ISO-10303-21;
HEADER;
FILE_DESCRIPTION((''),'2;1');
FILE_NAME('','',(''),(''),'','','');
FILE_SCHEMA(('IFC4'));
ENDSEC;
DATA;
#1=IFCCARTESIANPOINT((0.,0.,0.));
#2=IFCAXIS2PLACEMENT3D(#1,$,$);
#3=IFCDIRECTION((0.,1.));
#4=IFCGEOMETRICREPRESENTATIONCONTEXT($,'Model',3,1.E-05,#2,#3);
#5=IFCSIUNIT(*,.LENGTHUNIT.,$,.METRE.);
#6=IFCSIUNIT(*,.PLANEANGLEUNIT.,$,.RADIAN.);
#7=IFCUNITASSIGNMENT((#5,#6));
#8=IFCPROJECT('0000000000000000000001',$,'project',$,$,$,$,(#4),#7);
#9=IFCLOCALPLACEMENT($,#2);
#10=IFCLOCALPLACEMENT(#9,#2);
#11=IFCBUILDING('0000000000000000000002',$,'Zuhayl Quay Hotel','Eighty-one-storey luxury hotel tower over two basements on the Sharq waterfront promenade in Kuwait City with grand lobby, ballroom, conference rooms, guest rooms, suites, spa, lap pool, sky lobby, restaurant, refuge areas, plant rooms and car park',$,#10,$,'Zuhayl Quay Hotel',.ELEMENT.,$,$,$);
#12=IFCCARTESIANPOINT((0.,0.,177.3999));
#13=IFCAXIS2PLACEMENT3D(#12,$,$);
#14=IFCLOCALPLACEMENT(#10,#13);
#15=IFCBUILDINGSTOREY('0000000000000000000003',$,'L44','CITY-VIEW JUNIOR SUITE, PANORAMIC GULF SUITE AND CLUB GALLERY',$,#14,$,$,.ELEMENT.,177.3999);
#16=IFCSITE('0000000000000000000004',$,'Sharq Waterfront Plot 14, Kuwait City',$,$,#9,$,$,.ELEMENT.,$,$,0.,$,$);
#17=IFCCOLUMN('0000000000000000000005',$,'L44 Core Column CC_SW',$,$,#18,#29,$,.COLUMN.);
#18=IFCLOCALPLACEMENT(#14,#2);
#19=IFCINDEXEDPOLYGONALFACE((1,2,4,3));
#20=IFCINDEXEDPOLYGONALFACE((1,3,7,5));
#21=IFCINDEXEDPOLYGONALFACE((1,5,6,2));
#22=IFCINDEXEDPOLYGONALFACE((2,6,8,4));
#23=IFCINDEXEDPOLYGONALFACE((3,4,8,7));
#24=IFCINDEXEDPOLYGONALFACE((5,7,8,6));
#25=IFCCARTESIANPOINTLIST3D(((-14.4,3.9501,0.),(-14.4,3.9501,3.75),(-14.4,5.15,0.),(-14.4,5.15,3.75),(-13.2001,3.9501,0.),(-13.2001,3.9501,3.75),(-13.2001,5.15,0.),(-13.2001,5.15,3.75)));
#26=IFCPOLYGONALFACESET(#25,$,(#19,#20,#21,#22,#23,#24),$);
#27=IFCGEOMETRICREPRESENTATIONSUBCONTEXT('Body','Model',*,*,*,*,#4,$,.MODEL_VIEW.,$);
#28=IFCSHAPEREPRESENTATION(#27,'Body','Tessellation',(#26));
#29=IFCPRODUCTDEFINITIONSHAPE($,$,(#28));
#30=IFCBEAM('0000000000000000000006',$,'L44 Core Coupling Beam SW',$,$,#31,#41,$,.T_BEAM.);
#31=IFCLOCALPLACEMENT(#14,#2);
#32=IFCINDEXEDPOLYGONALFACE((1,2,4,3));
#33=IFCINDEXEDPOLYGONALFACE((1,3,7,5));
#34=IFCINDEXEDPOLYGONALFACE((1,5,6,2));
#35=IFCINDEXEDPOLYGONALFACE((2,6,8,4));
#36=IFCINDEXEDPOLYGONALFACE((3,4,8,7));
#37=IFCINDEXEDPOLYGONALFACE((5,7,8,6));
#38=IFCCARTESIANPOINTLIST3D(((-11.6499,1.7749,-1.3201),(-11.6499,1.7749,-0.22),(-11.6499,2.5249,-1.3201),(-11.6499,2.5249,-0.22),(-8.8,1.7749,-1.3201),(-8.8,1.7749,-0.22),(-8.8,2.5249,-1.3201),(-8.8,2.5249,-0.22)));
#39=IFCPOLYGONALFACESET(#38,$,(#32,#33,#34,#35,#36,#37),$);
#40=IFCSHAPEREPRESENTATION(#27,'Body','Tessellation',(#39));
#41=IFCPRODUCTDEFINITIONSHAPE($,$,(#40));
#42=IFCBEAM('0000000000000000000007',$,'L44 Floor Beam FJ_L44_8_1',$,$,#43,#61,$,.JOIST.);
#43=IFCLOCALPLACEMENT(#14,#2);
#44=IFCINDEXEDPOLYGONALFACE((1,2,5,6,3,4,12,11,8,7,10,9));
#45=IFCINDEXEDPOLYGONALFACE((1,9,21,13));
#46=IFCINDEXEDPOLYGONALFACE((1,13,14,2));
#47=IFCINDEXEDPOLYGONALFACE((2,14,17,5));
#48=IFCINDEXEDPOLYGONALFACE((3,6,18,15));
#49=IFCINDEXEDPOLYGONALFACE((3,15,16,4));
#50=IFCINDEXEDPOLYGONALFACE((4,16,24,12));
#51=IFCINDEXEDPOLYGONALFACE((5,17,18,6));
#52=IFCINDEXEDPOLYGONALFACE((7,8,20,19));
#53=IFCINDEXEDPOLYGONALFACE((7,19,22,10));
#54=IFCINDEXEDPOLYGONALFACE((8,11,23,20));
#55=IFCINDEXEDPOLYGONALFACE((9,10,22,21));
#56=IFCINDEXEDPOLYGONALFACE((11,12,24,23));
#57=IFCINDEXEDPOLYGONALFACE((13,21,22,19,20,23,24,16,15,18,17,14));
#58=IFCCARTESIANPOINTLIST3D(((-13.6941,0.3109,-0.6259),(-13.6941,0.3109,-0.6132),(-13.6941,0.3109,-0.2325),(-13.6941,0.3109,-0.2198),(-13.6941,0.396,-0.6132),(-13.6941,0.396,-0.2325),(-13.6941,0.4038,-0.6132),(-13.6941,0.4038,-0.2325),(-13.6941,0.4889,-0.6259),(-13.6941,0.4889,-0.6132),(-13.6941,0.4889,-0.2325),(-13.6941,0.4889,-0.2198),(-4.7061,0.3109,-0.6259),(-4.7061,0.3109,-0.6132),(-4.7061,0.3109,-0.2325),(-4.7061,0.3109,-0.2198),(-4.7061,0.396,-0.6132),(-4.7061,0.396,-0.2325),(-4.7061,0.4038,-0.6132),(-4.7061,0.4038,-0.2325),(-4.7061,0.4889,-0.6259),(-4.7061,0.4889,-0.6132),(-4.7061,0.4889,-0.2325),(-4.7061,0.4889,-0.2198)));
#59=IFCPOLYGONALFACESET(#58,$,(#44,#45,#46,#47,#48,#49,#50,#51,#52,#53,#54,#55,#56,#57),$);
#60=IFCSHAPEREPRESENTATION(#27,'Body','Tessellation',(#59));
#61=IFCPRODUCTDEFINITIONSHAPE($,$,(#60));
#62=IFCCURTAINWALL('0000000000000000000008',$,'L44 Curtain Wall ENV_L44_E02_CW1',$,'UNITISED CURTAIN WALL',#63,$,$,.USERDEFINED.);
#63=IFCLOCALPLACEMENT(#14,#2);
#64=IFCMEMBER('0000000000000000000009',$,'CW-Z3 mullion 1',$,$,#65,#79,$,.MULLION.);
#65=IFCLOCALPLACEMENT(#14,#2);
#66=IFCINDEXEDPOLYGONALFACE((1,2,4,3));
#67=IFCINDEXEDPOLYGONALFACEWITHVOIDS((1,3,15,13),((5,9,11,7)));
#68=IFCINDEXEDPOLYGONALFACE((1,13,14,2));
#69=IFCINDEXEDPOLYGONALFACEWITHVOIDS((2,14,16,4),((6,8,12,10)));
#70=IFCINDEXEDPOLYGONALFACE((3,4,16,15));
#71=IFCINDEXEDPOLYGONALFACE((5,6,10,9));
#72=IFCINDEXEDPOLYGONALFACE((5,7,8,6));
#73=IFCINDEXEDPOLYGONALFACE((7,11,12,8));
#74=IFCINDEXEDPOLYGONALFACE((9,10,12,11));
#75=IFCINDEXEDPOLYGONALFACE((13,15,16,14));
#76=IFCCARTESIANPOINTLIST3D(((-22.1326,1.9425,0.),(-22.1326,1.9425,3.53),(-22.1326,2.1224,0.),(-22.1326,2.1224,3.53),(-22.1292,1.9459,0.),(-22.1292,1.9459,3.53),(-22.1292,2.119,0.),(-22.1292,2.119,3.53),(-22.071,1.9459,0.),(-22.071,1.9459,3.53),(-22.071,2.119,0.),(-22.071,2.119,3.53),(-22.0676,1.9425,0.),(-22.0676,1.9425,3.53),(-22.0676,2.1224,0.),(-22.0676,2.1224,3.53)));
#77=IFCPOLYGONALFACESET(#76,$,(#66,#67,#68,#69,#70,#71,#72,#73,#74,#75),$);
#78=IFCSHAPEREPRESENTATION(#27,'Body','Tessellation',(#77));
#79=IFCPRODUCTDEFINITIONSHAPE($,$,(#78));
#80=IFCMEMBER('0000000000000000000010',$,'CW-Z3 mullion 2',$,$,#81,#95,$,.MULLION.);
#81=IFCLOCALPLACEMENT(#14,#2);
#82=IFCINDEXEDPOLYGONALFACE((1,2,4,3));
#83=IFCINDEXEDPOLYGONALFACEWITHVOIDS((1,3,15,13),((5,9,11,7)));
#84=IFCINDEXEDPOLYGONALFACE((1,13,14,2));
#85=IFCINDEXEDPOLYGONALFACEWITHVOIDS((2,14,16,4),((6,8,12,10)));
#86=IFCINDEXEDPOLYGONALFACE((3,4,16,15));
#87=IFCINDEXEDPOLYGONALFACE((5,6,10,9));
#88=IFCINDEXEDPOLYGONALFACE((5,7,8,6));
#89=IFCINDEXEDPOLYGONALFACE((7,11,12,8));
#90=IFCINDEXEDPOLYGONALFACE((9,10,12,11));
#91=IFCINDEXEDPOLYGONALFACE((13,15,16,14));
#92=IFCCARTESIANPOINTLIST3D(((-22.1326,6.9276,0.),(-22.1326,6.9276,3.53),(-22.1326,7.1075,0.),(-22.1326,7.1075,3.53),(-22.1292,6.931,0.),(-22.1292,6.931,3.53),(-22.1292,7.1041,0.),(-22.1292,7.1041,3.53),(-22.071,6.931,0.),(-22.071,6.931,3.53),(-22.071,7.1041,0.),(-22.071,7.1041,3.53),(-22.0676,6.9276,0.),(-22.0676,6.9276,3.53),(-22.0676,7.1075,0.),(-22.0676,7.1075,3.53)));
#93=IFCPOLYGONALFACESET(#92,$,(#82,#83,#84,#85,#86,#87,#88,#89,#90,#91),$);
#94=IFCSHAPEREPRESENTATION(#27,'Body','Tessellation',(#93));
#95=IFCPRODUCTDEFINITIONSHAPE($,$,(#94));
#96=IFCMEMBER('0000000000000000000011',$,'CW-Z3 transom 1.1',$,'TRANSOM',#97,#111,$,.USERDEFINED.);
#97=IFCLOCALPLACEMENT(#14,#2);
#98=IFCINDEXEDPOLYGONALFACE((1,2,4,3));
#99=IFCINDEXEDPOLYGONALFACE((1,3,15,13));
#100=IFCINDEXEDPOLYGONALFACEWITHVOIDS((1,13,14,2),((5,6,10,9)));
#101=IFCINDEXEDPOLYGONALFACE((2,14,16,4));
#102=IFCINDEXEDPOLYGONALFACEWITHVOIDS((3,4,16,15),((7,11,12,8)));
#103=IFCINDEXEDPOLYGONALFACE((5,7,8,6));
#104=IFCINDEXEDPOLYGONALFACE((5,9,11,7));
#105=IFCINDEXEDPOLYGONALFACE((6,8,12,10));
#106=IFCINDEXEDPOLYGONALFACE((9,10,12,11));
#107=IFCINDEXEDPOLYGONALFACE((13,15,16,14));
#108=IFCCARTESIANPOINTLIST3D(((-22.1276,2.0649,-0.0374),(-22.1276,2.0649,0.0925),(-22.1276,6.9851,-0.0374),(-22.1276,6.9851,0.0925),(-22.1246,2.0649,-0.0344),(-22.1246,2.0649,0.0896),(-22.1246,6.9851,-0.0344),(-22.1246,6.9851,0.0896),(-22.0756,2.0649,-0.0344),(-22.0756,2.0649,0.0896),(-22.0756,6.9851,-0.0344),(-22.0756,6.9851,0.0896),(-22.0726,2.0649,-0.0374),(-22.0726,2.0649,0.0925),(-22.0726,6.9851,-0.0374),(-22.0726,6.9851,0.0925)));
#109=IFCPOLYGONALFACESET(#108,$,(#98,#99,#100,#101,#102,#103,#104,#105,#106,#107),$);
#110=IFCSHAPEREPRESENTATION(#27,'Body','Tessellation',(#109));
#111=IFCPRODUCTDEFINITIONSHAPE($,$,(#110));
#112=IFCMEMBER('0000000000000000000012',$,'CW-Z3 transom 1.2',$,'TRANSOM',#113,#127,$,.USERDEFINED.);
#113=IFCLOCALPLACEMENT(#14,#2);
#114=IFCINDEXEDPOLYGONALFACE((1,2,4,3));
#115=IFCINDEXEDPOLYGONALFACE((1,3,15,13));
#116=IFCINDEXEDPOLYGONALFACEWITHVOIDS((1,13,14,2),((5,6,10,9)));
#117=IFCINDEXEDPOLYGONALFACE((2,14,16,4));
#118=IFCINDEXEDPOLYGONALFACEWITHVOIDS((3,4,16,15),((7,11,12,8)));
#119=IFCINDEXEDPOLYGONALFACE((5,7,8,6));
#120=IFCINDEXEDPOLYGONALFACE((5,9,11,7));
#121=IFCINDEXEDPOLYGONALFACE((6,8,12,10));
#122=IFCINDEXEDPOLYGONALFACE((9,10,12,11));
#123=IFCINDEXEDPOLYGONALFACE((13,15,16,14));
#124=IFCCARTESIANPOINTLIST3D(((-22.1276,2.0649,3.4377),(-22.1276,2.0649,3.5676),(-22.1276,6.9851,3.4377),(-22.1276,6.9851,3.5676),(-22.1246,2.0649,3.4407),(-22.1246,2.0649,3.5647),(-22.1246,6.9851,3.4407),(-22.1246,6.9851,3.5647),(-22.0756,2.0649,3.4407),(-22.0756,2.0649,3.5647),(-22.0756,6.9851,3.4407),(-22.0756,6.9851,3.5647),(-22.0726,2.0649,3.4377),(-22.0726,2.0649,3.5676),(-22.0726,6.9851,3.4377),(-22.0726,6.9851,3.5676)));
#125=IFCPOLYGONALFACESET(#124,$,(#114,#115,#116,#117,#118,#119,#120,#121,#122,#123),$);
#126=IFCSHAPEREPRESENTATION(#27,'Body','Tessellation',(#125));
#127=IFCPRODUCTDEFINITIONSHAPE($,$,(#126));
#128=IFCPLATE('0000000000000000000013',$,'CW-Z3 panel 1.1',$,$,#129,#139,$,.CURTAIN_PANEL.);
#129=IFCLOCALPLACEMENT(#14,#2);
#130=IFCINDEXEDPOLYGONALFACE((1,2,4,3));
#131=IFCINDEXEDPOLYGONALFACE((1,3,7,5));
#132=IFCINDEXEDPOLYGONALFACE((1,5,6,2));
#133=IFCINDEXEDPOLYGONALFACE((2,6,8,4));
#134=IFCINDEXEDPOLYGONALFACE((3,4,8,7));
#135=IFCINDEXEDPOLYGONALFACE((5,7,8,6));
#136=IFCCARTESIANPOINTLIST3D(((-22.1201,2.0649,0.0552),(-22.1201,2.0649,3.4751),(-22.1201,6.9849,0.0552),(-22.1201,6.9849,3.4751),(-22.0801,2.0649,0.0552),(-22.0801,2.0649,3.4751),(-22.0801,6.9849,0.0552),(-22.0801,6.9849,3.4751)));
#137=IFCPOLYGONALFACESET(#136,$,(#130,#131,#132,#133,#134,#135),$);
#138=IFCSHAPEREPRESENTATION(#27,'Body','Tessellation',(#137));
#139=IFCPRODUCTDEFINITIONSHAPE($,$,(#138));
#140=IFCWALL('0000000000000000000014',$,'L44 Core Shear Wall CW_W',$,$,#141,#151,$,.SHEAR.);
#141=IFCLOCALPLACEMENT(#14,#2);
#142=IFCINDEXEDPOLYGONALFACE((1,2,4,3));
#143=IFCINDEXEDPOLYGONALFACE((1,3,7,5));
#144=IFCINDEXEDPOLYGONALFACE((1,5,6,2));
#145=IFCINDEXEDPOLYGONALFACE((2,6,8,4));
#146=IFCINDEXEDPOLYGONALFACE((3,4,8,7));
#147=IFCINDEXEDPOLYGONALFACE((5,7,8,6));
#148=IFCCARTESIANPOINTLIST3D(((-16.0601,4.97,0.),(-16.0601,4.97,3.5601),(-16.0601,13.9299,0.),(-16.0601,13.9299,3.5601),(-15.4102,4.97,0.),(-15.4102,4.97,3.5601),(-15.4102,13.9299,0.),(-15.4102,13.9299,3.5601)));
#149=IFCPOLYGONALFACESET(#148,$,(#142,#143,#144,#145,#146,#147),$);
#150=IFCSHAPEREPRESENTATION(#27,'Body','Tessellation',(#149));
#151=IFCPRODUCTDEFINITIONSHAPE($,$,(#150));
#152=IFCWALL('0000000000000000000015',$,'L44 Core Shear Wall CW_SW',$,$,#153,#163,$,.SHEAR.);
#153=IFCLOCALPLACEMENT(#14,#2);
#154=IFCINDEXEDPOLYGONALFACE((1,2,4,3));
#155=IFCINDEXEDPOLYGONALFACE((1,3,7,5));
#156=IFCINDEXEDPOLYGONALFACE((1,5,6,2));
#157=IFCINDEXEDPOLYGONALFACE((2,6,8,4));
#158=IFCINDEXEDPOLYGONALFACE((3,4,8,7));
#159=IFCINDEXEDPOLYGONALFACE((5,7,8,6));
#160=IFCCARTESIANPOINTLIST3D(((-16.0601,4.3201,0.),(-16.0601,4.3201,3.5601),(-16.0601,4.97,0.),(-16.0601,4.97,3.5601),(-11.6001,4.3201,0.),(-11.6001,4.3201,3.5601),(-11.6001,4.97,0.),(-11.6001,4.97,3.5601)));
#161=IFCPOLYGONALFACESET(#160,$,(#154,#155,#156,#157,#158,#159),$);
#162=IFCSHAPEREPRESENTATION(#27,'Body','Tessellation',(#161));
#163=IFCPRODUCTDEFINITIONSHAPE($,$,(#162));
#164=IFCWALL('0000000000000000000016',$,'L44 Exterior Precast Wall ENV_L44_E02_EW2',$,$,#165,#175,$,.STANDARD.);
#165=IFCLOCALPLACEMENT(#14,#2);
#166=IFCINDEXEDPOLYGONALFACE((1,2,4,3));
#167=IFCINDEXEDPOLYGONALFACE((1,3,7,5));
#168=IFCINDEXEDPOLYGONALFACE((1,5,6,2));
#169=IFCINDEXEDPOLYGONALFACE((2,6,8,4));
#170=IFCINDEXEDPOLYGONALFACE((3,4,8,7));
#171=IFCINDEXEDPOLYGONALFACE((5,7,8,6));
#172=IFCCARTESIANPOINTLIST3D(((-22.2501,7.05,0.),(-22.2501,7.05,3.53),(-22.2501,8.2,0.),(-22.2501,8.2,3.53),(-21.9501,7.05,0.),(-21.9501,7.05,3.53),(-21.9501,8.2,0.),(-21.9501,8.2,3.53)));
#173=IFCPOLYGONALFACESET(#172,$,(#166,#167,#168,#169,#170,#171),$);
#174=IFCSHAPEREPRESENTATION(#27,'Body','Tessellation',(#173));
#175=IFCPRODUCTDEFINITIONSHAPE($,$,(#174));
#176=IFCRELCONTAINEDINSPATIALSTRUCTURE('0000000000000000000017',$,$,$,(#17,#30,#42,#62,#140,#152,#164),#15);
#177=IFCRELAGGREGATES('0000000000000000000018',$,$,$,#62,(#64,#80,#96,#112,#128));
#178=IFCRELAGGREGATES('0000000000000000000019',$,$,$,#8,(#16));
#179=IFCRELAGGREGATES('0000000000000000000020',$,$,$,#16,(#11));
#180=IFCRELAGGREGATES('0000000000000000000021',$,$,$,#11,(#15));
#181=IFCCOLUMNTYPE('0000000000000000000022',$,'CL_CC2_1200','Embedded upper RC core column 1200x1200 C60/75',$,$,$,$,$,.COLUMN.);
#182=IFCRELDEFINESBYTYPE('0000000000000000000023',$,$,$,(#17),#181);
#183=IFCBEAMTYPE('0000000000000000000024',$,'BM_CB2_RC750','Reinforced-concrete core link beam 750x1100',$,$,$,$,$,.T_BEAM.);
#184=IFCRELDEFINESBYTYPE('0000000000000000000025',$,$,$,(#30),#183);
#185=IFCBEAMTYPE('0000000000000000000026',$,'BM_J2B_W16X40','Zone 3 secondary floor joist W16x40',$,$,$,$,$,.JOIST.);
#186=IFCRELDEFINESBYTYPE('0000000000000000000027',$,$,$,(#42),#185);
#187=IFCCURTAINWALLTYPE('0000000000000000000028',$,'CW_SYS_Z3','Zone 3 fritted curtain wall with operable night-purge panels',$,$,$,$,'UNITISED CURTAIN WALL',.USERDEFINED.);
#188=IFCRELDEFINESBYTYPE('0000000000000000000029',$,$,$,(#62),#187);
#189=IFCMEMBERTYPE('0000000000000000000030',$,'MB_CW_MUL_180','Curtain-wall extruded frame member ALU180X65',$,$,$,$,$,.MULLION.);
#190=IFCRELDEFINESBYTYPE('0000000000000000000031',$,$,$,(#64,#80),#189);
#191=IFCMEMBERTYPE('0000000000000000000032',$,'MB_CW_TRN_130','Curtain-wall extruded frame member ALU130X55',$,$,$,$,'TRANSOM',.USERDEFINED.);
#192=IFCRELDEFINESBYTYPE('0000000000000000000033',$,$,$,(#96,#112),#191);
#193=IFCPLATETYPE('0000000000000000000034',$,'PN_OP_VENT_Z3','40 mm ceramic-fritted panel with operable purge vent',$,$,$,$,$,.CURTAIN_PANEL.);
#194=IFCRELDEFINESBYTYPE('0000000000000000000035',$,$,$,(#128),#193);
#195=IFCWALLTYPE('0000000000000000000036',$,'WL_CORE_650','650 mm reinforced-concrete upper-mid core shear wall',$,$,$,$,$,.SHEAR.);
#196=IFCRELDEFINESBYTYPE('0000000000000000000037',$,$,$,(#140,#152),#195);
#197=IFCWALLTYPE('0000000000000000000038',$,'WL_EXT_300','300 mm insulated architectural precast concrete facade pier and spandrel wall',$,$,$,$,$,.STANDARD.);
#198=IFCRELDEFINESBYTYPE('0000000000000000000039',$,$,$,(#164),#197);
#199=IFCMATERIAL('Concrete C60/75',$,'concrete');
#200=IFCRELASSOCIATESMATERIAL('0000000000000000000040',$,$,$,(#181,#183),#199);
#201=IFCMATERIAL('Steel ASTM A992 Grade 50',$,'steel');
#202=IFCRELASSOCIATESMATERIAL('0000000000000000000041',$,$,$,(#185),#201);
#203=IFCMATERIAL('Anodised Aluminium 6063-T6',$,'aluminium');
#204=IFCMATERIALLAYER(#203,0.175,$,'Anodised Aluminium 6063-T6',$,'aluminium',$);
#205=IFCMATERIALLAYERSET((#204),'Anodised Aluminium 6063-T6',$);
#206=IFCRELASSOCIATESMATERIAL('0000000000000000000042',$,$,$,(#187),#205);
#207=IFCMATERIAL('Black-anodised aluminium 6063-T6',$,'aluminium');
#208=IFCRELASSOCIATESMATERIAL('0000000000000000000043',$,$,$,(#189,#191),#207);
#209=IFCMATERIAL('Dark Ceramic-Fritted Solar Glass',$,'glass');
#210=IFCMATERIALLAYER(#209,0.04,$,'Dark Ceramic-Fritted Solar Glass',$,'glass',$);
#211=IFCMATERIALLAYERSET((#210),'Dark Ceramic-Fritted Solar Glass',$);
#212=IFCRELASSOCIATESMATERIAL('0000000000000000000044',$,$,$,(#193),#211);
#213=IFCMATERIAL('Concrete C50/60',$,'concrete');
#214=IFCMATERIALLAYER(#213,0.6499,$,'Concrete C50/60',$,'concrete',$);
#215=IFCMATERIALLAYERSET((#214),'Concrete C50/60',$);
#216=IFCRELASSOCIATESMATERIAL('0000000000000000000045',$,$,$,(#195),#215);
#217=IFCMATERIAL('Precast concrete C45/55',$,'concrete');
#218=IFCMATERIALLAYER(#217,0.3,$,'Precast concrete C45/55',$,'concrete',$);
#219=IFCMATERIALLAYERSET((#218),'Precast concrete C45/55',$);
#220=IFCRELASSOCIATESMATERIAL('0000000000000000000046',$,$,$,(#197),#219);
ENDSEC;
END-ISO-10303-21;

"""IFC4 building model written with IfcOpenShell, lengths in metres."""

from ifc_helpers import new_model, si_unit, direction, frame, frame_2d, origin, origin_2d, place, context, subcontext, project, spatial, rectangle, hollow_rectangle, i_section, extrude, material, layer, layer_set, material_profile, profile_set, type_object, element, aggregate, save


model = new_model("IFC4")

# Units and contexts
model_context = context("Model", 3, precision=1e-05, world=origin(), true_north=direction((0.0, 1.0)))
body_context = subcontext(model_context, "Body", "Model", "MODEL_VIEW")
ifc_project = project(units=[si_unit("LENGTHUNIT", "METRE"), si_unit("PLANEANGLEUNIT", "RADIAN")], contexts=[model_context])

# Site, building, storey
site_placement = place(None, origin())
site = spatial("IfcSite", under=ifc_project, at=site_placement, Name="Sharq Waterfront Plot 14, Kuwait City", CompositionType="ELEMENT", RefElevation=0.0)
building_placement = place(site_placement, origin())
building = spatial("IfcBuilding", under=site, at=building_placement, Name="Zuhayl Quay Hotel", Description="Eighty-one-storey luxury hotel tower over two basements on the Sharq waterfront promenade in Kuwait City with grand lobby, ballroom, conference rooms, guest rooms, suites, spa, lap pool, sky lobby, restaurant, refuge areas, plant rooms and car park", LongName="Zuhayl Quay Hotel", CompositionType="ELEMENT")
storey_placement = place(building_placement, frame((0.0, 0.0, 177.3999)))
storey = spatial("IfcBuildingStorey", under=building, at=storey_placement, Name="L44", Description="CITY-VIEW JUNIOR SUITE, PANORAMIC GULF SUITE AND CLUB GALLERY", CompositionType="ELEMENT", Elevation=177.3999)

# Column
ifc_material_1 = material(Name="Concrete C60/75", Category="concrete")
ifc_material_profile_1 = material_profile(ifc_material_1, rectangle(XDim=1.2, YDim=1.2, at=origin_2d()), Name="RC1200X1200")
ifc_profile_set_1 = profile_set([ifc_material_profile_1], Name="Concrete C60/75")
column_type = type_object("IfcColumnType", Name="CL_CC2_1200", Description="Embedded upper RC core column 1200x1200 C60/75", PredefinedType="COLUMN", material=ifc_profile_set_1)
column_placement = place(storey_placement, frame((-13.8, 4.55, 0.0), z_axis=(0.0, 0.0, 1.0), x_axis=(1.0, 0.0, 0.0)))
element("IfcColumn", 1, at=column_placement, inside=storey, type_object=column_type, Name="L44 Core Column CC_SW", PredefinedType="COLUMN", context=body_context, shape_type="SweptSolid", body=[
    extrude(rectangle(XDim=1.2, YDim=1.2, at=origin_2d()), origin(), (0.0, 0.0, 1.0), 3.75),
])

# Beams
ifc_material_profile_2 = material_profile(ifc_material_1, rectangle(XDim=0.75, YDim=1.1001, at=origin_2d()), Name="RC750X1100")
ifc_profile_set_2 = profile_set([ifc_material_profile_2], Name="Concrete C60/75")
beam_type_1 = type_object("IfcBeamType", Name="BM_CB2_RC750", Description="Reinforced-concrete core link beam 750x1100", PredefinedType="T_BEAM", material=ifc_profile_set_2)
beam_1_placement = place(storey_placement, frame((-11.6499, 2.1499, -0.77), z_axis=(1.0, 0.0, 0.0), x_axis=(0.0, 1.0, 0.0)))
element("IfcBeam", 2, at=beam_1_placement, inside=storey, type_object=beam_type_1, Name="L44 Core Coupling Beam SW", PredefinedType="T_BEAM", context=body_context, shape_type="SweptSolid", body=[
    extrude(rectangle(XDim=0.75, YDim=1.1001, at=origin_2d()), origin(), (0.0, 0.0, 1.0), 2.8499),
])
ifc_material_2 = material(Name="Steel ASTM A992 Grade 50", Category="steel")
ifc_material_profile_3 = material_profile(ifc_material_2, i_section(OverallWidth=0.178, OverallDepth=0.406, WebThickness=0.0078, FlangeThickness=0.0127, at=origin_2d()), Name="W16X40")
ifc_profile_set_3 = profile_set([ifc_material_profile_3], Name="Steel ASTM A992 Grade 50")
beam_type_2 = type_object("IfcBeamType", Name="BM_J2B_W16X40", Description="Zone 3 secondary floor joist W16x40", PredefinedType="JOIST", material=ifc_profile_set_3)
beam_2_placement = place(storey_placement, frame((-13.6941, 0.3999, -0.4229), z_axis=(1.0, 0.0, 0.0), x_axis=(0.0, 1.0, 0.0)))
element("IfcBeam", 3, at=beam_2_placement, inside=storey, type_object=beam_type_2, Name="L44 Floor Beam FJ_L44_8_1", PredefinedType="JOIST", context=body_context, shape_type="SweptSolid", body=[
    extrude(i_section(OverallWidth=0.178, OverallDepth=0.406, WebThickness=0.0078, FlangeThickness=0.0127, at=origin_2d()), origin(), (0.0, 0.0, 1.0), 8.988),
])

# Curtain wall, members, plate
ifc_material_3 = material(Name="Anodised Aluminium 6063-T6", Category="aluminium")
ifc_layer_1 = layer(ifc_material_3, 0.175, Name="Anodised Aluminium 6063-T6", Category="aluminium")
ifc_layer_set_1 = layer_set([ifc_layer_1], Name="Anodised Aluminium 6063-T6")
curtain_wall_type = type_object("IfcCurtainWallType", Name="CW_SYS_Z3", Description="Zone 3 fritted curtain wall with operable night-purge panels", ElementType="UNITISED CURTAIN WALL", PredefinedType="USERDEFINED", material=ifc_layer_set_1)
curtain_wall_placement = place(storey_placement, origin())
curtain_wall = element("IfcCurtainWall", 4, at=curtain_wall_placement, inside=storey, type_object=curtain_wall_type, Name="L44 Curtain Wall ENV_L44_E02_CW1", ObjectType="UNITISED CURTAIN WALL", PredefinedType="USERDEFINED")
ifc_material_4 = material(Name="Black-anodised aluminium 6063-T6", Category="aluminium")
ifc_material_profile_4 = material_profile(ifc_material_4, hollow_rectangle(XDim=0.0649, YDim=0.1799, WallThickness=0.0034, at=origin_2d()), Name="ALU180X65")
ifc_profile_set_4 = profile_set([ifc_material_profile_4], Name="Black-anodised aluminium 6063-T6")
member_type_1 = type_object("IfcMemberType", Name="MB_CW_MUL_180", Description="Curtain-wall extruded frame member ALU180X65", PredefinedType="MULLION", material=ifc_profile_set_4)
member_1_placement = place(storey_placement, frame((-22.1001, 2.0325, 0.0), z_axis=(0.0, 0.0, 1.0), x_axis=(-1.0, 0.0, 0.0)))
member_1 = element("IfcMember", 5, at=member_1_placement, type_object=member_type_1, Name="CW-Z3 mullion 1", PredefinedType="MULLION", context=body_context, shape_type="SweptSolid", body=[
    extrude(hollow_rectangle(XDim=0.0649, YDim=0.1799, WallThickness=0.0034, at=origin_2d()), origin(), (0.0, 0.0, 1.0), 3.53),
])
member_2_placement = place(storey_placement, frame((-22.1001, 7.0176, 0.0), z_axis=(0.0, 0.0, 1.0), x_axis=(-1.0, 0.0, 0.0)))
member_2 = element("IfcMember", 6, at=member_2_placement, type_object=member_type_1, Name="CW-Z3 mullion 2", PredefinedType="MULLION", context=body_context, shape_type="SweptSolid", body=[
    extrude(hollow_rectangle(XDim=0.0649, YDim=0.1799, WallThickness=0.0034, at=origin_2d()), origin(), (0.0, 0.0, 1.0), 3.53),
])
ifc_material_profile_5 = material_profile(ifc_material_4, hollow_rectangle(XDim=0.0549, YDim=0.1299, WallThickness=0.0029, at=origin_2d()), Name="ALU130X55")
ifc_profile_set_5 = profile_set([ifc_material_profile_5], Name="Black-anodised aluminium 6063-T6")
member_type_2 = type_object("IfcMemberType", Name="MB_CW_TRN_130", Description="Curtain-wall extruded frame member ALU130X55", ElementType="TRANSOM", PredefinedType="USERDEFINED", material=ifc_profile_set_5)
member_3_placement = place(storey_placement, frame((-22.1001, 2.0649, 0.0276), z_axis=(0.0, 1.0, 0.0), x_axis=(-1.0, 0.0, 0.0)))
member_3 = element("IfcMember", 7, at=member_3_placement, type_object=member_type_2, Name="CW-Z3 transom 1.1", ObjectType="TRANSOM", PredefinedType="USERDEFINED", context=body_context, shape_type="SweptSolid", body=[
    extrude(hollow_rectangle(XDim=0.0549, YDim=0.1299, WallThickness=0.0029, at=origin_2d()), origin(), (0.0, 0.0, 1.0), 4.9202),
])
member_4_placement = place(storey_placement, frame((-22.1001, 2.0649, 3.5027), z_axis=(0.0, 1.0, 0.0), x_axis=(-1.0, 0.0, 0.0)))
member_4 = element("IfcMember", 8, at=member_4_placement, type_object=member_type_2, Name="CW-Z3 transom 1.2", ObjectType="TRANSOM", PredefinedType="USERDEFINED", context=body_context, shape_type="SweptSolid", body=[
    extrude(hollow_rectangle(XDim=0.0549, YDim=0.1299, WallThickness=0.0029, at=origin_2d()), origin(), (0.0, 0.0, 1.0), 4.9202),
])
ifc_material_5 = material(Name="Dark Ceramic-Fritted Solar Glass", Category="glass")
ifc_layer_2 = layer(ifc_material_5, 0.04, Name="Dark Ceramic-Fritted Solar Glass", Category="glass")
ifc_layer_set_2 = layer_set([ifc_layer_2], Name="Dark Ceramic-Fritted Solar Glass")
plate_type = type_object("IfcPlateType", Name="PN_OP_VENT_Z3", Description="40 mm ceramic-fritted panel with operable purge vent", PredefinedType="CURTAIN_PANEL", material=ifc_layer_set_2)
plate_placement = place(storey_placement, frame((-22.1001, 4.5249, 0.0552), z_axis=(0.0, 0.0, 1.0), x_axis=(0.0, 1.0, 0.0)))
plate = element("IfcPlate", 9, at=plate_placement, type_object=plate_type, Name="CW-Z3 panel 1.1", PredefinedType="CURTAIN_PANEL", context=body_context, shape_type="SweptSolid", body=[
    extrude(rectangle(XDim=4.9199, YDim=0.04, at=origin_2d()), origin(), (0.0, 0.0, 1.0), 3.4199),
])
aggregate(curtain_wall, [member_1, member_2, member_3, member_4, plate])

# Walls
ifc_material_6 = material(Name="Concrete C50/60", Category="concrete")
ifc_layer_3 = layer(ifc_material_6, 0.6499, Name="Concrete C50/60", Category="concrete")
ifc_layer_set_3 = layer_set([ifc_layer_3], Name="Concrete C50/60")
wall_type_1 = type_object("IfcWallType", Name="WL_CORE_650", Description="650 mm reinforced-concrete upper-mid core shear wall", PredefinedType="SHEAR", material=ifc_layer_set_3)
wall_1_placement = place(storey_placement, frame((-15.7351, 4.97, 0.0), z_axis=(0.0, 0.0, 1.0), x_axis=(0.0, 1.0, 0.0)))
element("IfcWall", 10, at=wall_1_placement, inside=storey, type_object=wall_type_1, Name="L44 Core Shear Wall CW_W", PredefinedType="SHEAR", context=body_context, shape_type="SweptSolid", body=[
    extrude(rectangle(XDim=8.96, YDim=0.6499, at=frame_2d((4.48, 0.0))), origin(), (0.0, 0.0, 1.0), 3.5601),
])
wall_2_placement = place(storey_placement, frame((-16.0601, 4.645, 0.0), z_axis=(0.0, 0.0, 1.0), x_axis=(1.0, 0.0, 0.0)))
element("IfcWall", 11, at=wall_2_placement, inside=storey, type_object=wall_type_1, Name="L44 Core Shear Wall CW_SW", PredefinedType="SHEAR", context=body_context, shape_type="SweptSolid", body=[
    extrude(rectangle(XDim=4.46, YDim=0.6499, at=frame_2d((2.23, 0.0))), origin(), (0.0, 0.0, 1.0), 3.5601),
])
ifc_material_7 = material(Name="Precast concrete C45/55", Category="concrete")
ifc_layer_4 = layer(ifc_material_7, 0.3, Name="Precast concrete C45/55", Category="concrete")
ifc_layer_set_4 = layer_set([ifc_layer_4], Name="Precast concrete C45/55")
wall_type_2 = type_object("IfcWallType", Name="WL_EXT_300", Description="300 mm insulated architectural precast concrete facade pier and spandrel wall", PredefinedType="STANDARD", material=ifc_layer_set_4)
wall_3_placement = place(storey_placement, frame((-22.1001, 7.05, 0.0), z_axis=(0.0, 0.0, 1.0), x_axis=(0.0, 1.0, 0.0)))
element("IfcWall", 12, at=wall_3_placement, inside=storey, type_object=wall_type_2, Name="L44 Exterior Precast Wall ENV_L44_E02_EW2", PredefinedType="STANDARD", context=body_context, shape_type="SweptSolid", body=[
    extrude(rectangle(XDim=1.1499, YDim=0.3, at=frame_2d((0.575, 0.0))), origin(), (0.0, 0.0, 1.0), 3.53),
])

save(model, "model.ifc")
